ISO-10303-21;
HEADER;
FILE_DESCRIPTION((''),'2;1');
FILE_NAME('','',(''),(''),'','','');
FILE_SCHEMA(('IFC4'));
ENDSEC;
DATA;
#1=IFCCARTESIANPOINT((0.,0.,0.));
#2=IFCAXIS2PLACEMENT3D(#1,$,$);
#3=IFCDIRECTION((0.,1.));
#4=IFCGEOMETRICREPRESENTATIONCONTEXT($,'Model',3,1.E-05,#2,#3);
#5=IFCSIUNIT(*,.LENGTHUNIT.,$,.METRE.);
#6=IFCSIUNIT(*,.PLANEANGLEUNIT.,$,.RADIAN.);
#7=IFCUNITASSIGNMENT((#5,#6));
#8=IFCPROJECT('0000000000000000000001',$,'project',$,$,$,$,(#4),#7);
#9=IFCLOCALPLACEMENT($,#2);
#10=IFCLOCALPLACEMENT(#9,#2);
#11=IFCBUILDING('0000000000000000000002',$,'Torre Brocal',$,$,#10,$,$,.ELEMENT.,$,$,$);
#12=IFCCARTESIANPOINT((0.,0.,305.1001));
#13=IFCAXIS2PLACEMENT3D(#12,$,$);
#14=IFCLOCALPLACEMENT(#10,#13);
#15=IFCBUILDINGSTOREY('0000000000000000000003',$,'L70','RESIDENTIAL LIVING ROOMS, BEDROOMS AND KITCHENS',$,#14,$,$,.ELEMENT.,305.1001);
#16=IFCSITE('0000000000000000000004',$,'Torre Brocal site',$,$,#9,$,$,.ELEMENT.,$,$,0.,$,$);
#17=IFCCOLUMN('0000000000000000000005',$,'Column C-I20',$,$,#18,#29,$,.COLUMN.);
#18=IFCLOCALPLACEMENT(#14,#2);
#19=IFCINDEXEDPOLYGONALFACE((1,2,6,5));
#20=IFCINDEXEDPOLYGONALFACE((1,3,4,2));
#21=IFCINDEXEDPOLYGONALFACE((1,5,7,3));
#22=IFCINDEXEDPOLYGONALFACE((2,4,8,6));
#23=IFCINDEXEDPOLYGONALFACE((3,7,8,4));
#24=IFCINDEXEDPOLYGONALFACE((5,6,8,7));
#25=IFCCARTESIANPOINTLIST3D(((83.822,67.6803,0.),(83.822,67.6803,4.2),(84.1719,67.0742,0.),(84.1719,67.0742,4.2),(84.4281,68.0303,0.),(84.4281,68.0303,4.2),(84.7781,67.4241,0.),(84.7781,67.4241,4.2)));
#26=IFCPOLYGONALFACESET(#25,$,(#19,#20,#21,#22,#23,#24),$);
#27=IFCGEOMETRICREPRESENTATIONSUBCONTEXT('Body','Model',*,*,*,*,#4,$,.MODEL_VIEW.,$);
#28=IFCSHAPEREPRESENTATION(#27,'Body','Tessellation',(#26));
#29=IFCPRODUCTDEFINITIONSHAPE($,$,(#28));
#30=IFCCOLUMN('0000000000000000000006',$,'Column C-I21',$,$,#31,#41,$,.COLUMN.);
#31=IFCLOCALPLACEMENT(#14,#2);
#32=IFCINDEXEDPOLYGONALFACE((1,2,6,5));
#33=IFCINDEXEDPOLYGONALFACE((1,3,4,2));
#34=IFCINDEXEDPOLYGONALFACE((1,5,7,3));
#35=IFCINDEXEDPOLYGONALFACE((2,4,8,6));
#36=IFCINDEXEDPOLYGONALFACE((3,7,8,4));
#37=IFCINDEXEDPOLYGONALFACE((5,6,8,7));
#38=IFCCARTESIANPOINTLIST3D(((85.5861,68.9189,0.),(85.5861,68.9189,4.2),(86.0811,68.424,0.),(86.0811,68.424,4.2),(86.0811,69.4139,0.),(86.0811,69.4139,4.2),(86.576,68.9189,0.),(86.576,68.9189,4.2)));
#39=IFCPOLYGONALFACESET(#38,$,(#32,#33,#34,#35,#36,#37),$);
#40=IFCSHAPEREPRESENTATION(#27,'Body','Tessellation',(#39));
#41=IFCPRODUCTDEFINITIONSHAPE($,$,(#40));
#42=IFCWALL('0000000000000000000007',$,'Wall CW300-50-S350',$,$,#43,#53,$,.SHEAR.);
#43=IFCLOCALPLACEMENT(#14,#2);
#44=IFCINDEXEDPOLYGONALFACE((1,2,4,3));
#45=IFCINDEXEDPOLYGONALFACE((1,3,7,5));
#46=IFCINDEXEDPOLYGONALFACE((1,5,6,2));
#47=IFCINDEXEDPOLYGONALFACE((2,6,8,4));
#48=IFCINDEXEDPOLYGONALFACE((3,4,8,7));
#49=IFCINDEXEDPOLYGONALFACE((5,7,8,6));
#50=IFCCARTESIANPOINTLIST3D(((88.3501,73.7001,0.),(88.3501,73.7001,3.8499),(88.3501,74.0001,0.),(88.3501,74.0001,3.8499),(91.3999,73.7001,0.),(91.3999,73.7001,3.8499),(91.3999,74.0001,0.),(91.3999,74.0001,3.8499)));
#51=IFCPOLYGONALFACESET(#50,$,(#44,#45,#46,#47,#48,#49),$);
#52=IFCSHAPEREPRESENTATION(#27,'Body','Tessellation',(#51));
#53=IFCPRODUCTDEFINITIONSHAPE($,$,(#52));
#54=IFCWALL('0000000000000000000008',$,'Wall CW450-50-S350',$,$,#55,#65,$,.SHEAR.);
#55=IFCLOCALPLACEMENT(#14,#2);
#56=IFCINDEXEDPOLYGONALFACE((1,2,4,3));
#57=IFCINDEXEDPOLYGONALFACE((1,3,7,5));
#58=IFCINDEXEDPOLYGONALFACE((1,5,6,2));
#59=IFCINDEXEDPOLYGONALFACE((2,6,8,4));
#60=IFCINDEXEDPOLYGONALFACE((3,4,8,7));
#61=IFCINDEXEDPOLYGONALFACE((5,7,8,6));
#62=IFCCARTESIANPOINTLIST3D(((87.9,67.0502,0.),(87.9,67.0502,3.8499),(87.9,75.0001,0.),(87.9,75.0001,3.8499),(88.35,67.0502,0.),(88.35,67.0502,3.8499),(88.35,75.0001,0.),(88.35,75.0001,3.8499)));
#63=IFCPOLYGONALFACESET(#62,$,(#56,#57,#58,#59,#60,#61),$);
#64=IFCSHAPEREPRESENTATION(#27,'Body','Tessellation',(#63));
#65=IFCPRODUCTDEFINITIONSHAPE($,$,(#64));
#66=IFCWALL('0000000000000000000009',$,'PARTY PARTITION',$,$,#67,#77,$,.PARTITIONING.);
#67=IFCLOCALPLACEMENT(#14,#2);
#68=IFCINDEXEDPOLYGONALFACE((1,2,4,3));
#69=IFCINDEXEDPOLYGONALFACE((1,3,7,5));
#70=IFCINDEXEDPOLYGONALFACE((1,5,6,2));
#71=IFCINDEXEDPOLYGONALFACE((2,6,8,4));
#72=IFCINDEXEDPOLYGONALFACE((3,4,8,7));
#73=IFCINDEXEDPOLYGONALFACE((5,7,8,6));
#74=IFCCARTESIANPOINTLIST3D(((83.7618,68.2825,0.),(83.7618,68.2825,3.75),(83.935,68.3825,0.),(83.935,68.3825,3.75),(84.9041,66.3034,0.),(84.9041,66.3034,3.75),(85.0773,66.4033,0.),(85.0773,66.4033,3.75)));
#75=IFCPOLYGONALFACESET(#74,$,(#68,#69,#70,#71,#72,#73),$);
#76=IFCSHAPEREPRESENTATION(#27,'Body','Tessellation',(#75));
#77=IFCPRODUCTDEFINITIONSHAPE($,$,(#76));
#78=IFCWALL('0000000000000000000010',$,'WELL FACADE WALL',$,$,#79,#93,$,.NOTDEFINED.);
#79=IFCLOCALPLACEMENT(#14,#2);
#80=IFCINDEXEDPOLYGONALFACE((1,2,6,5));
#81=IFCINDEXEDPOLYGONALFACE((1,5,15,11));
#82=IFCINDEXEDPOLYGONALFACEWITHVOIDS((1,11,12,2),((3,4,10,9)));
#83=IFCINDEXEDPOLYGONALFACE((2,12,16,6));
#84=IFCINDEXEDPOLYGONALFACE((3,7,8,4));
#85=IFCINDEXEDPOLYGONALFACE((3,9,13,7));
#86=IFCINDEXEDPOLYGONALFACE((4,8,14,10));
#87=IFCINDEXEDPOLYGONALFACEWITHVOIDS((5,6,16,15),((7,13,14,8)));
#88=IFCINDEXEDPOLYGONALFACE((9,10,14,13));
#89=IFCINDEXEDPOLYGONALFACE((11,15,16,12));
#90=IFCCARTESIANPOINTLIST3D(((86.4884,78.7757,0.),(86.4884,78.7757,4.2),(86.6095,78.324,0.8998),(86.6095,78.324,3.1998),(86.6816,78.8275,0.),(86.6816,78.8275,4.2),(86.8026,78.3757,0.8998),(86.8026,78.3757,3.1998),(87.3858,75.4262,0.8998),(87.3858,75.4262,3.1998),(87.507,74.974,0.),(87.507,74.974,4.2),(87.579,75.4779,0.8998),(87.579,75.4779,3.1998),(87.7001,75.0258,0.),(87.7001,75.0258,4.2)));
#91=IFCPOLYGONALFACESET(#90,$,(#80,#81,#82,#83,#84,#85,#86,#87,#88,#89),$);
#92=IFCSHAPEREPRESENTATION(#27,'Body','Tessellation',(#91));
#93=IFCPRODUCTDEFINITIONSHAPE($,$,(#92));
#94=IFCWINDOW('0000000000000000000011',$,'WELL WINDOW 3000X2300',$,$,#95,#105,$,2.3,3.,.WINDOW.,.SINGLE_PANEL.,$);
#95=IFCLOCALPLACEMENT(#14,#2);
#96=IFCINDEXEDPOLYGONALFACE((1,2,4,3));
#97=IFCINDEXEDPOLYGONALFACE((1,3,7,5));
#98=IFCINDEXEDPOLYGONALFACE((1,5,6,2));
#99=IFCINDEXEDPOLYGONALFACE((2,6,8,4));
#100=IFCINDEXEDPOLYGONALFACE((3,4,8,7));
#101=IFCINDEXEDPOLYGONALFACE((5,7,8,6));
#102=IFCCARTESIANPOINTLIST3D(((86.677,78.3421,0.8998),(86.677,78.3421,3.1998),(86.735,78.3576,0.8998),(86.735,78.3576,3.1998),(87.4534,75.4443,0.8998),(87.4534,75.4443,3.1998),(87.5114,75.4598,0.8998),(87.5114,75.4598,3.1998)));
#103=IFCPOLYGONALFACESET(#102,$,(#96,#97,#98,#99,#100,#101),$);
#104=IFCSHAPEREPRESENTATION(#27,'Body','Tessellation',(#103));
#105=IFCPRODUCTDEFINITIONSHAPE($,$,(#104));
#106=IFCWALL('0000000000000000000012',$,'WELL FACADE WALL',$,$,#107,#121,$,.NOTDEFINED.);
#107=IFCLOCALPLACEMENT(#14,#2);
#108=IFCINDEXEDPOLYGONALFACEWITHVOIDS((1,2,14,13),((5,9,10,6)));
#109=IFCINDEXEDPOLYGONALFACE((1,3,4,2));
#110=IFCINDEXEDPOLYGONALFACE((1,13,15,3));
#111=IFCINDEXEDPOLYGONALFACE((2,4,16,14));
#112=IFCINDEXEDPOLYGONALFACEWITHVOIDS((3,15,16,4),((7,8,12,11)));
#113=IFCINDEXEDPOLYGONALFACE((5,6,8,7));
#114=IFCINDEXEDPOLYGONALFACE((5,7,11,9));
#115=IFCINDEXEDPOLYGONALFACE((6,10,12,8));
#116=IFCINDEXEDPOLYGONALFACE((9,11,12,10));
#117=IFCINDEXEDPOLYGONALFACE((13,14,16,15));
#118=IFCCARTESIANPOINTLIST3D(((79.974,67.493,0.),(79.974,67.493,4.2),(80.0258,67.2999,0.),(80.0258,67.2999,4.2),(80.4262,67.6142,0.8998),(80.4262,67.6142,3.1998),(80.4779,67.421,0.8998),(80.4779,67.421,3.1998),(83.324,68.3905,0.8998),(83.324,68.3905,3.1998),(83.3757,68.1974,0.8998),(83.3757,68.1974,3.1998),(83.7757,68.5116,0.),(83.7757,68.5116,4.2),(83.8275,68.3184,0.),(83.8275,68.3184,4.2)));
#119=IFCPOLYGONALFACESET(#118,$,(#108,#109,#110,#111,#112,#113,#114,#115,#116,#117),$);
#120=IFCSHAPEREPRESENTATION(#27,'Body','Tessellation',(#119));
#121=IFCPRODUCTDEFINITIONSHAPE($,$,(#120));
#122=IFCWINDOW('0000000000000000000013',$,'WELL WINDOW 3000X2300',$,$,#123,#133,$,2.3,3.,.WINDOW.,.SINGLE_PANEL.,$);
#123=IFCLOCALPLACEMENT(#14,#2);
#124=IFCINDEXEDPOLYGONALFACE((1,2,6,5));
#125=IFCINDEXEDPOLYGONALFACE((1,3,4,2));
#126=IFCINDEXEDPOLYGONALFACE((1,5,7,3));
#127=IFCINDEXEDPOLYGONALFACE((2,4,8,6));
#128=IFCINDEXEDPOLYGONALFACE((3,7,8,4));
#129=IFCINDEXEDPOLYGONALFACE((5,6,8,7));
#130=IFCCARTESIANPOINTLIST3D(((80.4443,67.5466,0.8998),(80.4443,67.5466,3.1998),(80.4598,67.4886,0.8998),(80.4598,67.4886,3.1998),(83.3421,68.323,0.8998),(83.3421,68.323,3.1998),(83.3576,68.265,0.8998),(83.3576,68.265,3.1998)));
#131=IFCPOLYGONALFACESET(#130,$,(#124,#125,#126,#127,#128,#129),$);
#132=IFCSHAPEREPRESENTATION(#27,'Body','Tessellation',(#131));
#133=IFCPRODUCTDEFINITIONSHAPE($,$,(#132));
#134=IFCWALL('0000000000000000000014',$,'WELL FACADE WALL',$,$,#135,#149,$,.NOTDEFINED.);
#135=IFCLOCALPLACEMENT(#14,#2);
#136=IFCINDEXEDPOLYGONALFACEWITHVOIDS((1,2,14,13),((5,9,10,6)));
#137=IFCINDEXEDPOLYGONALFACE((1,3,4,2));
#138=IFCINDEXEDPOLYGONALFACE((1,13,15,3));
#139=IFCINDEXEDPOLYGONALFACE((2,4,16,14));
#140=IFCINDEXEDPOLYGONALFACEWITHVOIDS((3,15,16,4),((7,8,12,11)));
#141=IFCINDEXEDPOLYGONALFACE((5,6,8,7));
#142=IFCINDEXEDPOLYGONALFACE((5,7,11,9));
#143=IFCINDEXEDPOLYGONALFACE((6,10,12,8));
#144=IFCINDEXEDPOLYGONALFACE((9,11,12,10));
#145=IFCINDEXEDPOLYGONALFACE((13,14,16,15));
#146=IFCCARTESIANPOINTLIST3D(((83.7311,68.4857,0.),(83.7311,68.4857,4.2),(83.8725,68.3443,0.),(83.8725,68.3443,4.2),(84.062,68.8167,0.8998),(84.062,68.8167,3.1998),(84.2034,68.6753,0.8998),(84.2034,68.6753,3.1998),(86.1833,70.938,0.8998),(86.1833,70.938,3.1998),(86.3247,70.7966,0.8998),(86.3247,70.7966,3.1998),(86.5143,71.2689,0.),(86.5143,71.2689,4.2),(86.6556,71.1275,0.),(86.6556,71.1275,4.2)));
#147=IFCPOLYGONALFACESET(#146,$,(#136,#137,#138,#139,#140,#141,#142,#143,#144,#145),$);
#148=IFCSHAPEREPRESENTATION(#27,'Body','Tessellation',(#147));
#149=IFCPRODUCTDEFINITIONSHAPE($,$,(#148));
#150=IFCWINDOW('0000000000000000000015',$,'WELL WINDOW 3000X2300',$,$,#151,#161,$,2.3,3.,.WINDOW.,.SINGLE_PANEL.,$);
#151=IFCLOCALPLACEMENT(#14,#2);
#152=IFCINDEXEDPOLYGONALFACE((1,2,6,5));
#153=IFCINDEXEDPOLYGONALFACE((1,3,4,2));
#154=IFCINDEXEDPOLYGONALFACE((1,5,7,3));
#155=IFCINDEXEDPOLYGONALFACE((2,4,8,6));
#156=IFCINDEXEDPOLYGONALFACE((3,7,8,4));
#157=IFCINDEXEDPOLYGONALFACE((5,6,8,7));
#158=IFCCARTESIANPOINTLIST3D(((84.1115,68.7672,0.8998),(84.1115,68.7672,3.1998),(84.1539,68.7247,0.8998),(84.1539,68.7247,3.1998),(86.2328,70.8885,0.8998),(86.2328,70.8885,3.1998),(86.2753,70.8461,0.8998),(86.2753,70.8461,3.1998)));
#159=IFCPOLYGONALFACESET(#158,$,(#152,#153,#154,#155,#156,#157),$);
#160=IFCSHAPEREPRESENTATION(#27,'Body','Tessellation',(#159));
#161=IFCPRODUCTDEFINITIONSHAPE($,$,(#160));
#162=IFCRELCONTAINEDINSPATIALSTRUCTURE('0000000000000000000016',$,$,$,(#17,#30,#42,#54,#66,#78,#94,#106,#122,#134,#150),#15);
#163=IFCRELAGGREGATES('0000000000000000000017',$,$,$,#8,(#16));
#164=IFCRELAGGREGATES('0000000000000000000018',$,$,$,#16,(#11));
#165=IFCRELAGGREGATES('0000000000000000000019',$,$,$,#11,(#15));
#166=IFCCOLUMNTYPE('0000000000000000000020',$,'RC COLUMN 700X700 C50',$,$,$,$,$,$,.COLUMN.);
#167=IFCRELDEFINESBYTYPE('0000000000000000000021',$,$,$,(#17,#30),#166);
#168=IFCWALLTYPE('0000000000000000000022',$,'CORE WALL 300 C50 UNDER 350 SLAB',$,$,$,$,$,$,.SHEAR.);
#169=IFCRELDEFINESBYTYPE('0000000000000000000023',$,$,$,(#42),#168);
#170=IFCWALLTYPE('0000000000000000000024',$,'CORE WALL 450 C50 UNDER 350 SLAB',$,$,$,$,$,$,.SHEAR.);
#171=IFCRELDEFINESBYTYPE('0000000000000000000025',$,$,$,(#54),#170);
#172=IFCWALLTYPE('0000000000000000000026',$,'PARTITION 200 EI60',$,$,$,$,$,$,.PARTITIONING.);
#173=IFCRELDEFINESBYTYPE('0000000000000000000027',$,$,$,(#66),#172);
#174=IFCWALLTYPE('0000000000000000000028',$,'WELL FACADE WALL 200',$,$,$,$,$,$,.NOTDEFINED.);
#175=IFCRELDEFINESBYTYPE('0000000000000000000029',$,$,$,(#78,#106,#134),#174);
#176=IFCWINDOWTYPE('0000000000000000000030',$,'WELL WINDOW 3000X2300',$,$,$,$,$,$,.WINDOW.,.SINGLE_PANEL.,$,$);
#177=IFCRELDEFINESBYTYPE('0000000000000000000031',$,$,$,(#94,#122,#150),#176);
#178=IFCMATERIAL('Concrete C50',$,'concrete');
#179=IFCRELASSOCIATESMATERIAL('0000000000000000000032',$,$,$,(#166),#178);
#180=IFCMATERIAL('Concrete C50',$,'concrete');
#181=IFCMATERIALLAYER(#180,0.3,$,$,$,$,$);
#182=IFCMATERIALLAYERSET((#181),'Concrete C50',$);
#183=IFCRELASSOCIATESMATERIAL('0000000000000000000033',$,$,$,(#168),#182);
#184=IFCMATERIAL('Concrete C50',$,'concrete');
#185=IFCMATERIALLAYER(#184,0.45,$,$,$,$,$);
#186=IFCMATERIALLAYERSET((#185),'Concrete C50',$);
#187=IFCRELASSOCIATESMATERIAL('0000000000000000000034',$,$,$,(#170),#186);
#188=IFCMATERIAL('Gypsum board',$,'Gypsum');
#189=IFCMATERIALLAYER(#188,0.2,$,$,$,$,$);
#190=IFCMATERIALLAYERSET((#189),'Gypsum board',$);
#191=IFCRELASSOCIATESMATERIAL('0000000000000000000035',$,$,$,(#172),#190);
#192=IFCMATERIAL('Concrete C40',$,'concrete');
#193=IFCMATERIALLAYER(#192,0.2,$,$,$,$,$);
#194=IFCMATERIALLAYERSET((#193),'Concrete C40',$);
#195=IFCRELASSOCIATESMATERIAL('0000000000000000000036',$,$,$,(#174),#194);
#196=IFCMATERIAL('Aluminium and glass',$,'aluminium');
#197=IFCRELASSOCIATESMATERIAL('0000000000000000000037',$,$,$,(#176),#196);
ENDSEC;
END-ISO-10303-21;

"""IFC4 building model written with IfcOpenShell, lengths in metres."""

from ifc_helpers import new_model, si_unit, direction, frame, frame_2d, origin, origin_2d, place, context, subcontext, project, spatial, rectangle, extrude, material, layer, layer_set, material_profile, profile_set, type_object, element, fill, save


model = new_model("IFC4")

# Units and contexts
model_context = context("Model", 3, precision=1e-05, world=origin(), true_north=direction((0.0, 1.0)))
body_context = subcontext(model_context, "Body", "Model", "MODEL_VIEW")
ifc_project = project(units=[si_unit("LENGTHUNIT", "METRE"), si_unit("PLANEANGLEUNIT", "RADIAN")], contexts=[model_context])

# Site, building, storey
site_placement = place(None, origin())
site = spatial("IfcSite", under=ifc_project, at=site_placement, Name="Torre Brocal site", CompositionType="ELEMENT", RefElevation=0.0)
building_placement = place(site_placement, origin())
building = spatial("IfcBuilding", under=site, at=building_placement, Name="Torre Brocal", CompositionType="ELEMENT")
storey_placement = place(building_placement, frame((0.0, 0.0, 305.1001)))
storey = spatial("IfcBuildingStorey", under=building, at=storey_placement, Name="L70", Description="RESIDENTIAL LIVING ROOMS, BEDROOMS AND KITCHENS", CompositionType="ELEMENT", Elevation=305.1001)

# Columns
ifc_material_1 = material(Name="Concrete C50", Category="concrete")
ifc_material_profile = material_profile(ifc_material_1, rectangle(XDim=0.7, YDim=0.7, at=origin_2d()), Name="RC 700X700")
ifc_profile_set = profile_set([ifc_material_profile], Name="Concrete C50")
column_type = type_object("IfcColumnType", Name="RC COLUMN 700X700 C50", PredefinedType="COLUMN", material=ifc_profile_set)
for number, where, z_axis, x_axis, name in (
    (1, (84.3, 67.5522, 0.0), (0.0, 0.0, 1.0), (0.5, -0.866025, 0.0), "Column C-I20"),
    (2, (86.0811, 68.9189, 0.0), (0.0, 0.0, 1.0), (0.707107, -0.707107, 0.0), "Column C-I21"),
):
    element("IfcColumn", number, at=place(storey_placement, frame(where, z_axis=z_axis, x_axis=x_axis)), inside=storey, type_object=column_type, Name=name, PredefinedType="COLUMN", context=body_context, shape_type="SweptSolid", body=[
        extrude(rectangle(XDim=0.7, YDim=0.7, at=origin_2d()), origin(), (0.0, 0.0, 1.0), 4.2),
    ])

# Walls
ifc_material_2 = material(Name="Concrete C50", Category="concrete")
ifc_layer_1 = layer(ifc_material_2, 0.3)
ifc_layer_set_1 = layer_set([ifc_layer_1], Name="Concrete C50")
wall_type_1 = type_object("IfcWallType", Name="CORE WALL 300 C50 UNDER 350 SLAB", PredefinedType="SHEAR", material=ifc_layer_set_1)
wall_1_placement = place(storey_placement, frame((88.3501, 73.8501, 0.0), z_axis=(0.0, 0.0, 1.0), x_axis=(1.0, 0.0, 0.0)))
element("IfcWall", 3, at=wall_1_placement, inside=storey, type_object=wall_type_1, Name="Wall CW300-50-S350", PredefinedType="SHEAR", context=body_context, shape_type="SweptSolid", body=[
    extrude(rectangle(XDim=3.0498, YDim=0.3, at=frame_2d((1.5249, 0.0))), origin(), (0.0, 0.0, 1.0), 3.8499),
])
ifc_material_3 = material(Name="Concrete C50", Category="concrete")
ifc_layer_2 = layer(ifc_material_3, 0.45)
ifc_layer_set_2 = layer_set([ifc_layer_2], Name="Concrete C50")
wall_type_2 = type_object("IfcWallType", Name="CORE WALL 450 C50 UNDER 350 SLAB", PredefinedType="SHEAR", material=ifc_layer_set_2)
wall_2_placement = place(storey_placement, frame((88.125, 67.05, 0.0), z_axis=(0.0, 0.0, 1.0), x_axis=(0.0, 1.0, 0.0)))
element("IfcWall", 4, at=wall_2_placement, inside=storey, type_object=wall_type_2, Name="Wall CW450-50-S350", PredefinedType="SHEAR", context=body_context, shape_type="SweptSolid", body=[
    extrude(rectangle(XDim=7.95, YDim=0.45, at=frame_2d((3.9751, 0.0))), origin(), (0.0, 0.0, 1.0), 3.8499),
])
ifc_material_4 = material(Name="Gypsum board", Category="Gypsum")
ifc_layer_3 = layer(ifc_material_4, 0.2)
ifc_layer_set_3 = layer_set([ifc_layer_3], Name="Gypsum board")
wall_type_3 = type_object("IfcWallType", Name="PARTITION 200 EI60", PredefinedType="PARTITIONING", material=ifc_layer_set_3)
wall_3_placement = place(storey_placement, frame((83.8484, 68.3325, 0.0), z_axis=(0.0, 0.0, 1.0), x_axis=(0.499874, -0.866098, 0.0)))
element("IfcWall", 5, at=wall_3_placement, inside=storey, type_object=wall_type_3, Name="PARTY PARTITION", PredefinedType="PARTITIONING", context=body_context, shape_type="SweptSolid", body=[
    extrude(rectangle(XDim=2.2852, YDim=0.2, at=frame_2d((1.1426, 0.0))), origin(), (0.0, 0.0, 1.0), 3.75),
])

# Walls, openings, windows
ifc_material_5 = material(Name="Concrete C40", Category="concrete")
ifc_layer_4 = layer(ifc_material_5, 0.2)
ifc_layer_set_4 = layer_set([ifc_layer_4], Name="Concrete C40")
wall_type_4 = type_object("IfcWallType", Name="WELL FACADE WALL 200", PredefinedType="NOTDEFINED", material=ifc_layer_set_4)
wall_4_placement = place(storey_placement, frame((87.6035, 75.0, 0.0), z_axis=(0.0, 0.0, 1.0), x_axis=(-0.25879, 0.965934, 0.0)))
wall_4 = element("IfcWall", 6, at=wall_4_placement, inside=storey, type_object=wall_type_4, Name="WELL FACADE WALL", PredefinedType="NOTDEFINED", context=body_context, shape_type="SweptSolid", body=[
    extrude(rectangle(XDim=3.9358, YDim=0.2, at=frame_2d((1.9678, 0.0))), origin(), (0.0, 0.0, 1.0), 4.2),
])
opening_1_placement = place(wall_4_placement, frame((0.468, 0.0, 0.8999)))
opening_1 = element("IfcOpeningElement", 7, at=opening_1_placement, cuts=wall_4, PredefinedType="OPENING", context=body_context, shape_type="SweptSolid", body=[
    extrude(rectangle(XDim=3.0, YDim=2.3, at=frame_2d((1.5, 1.1499))), frame((0.0, 0.1099, 0.0), z_axis=(0.0, -1.0, 0.0), x_axis=(1.0, 0.0, 0.0)), (0.0, 0.0, 1.0), 0.22),
])
ifc_material_6 = material(Name="Aluminium and glass", Category="aluminium")
window_type = type_object("IfcWindowType", Name="WELL WINDOW 3000X2300", PartitioningType="SINGLE_PANEL", PredefinedType="WINDOW", material=ifc_material_6)
window_1_placement = place(opening_1_placement, origin())
window_1 = element("IfcWindow", 8, at=window_1_placement, inside=storey, type_object=window_type, Name="WELL WINDOW 3000X2300", OverallHeight=2.3, OverallWidth=3.0, PartitioningType="SINGLE_PANEL", PredefinedType="WINDOW", context=body_context, shape_type="SweptSolid", body=[
    extrude(rectangle(XDim=3.0, YDim=2.3, at=frame_2d((1.5, 1.1499))), frame((0.0, 0.03, 0.0), z_axis=(0.0, -1.0, 0.0), x_axis=(1.0, 0.0, 0.0)), (0.0, 0.0, 1.0), 0.0601),
])
fill(opening_1, window_1)
wall_5_placement = place(storey_placement, frame((80.0, 67.3965, 0.0), z_axis=(0.0, 0.0, 1.0), x_axis=(0.965934, 0.25879, 0.0)))
wall_5 = element("IfcWall", 9, at=wall_5_placement, inside=storey, type_object=wall_type_4, Name="WELL FACADE WALL", PredefinedType="NOTDEFINED", context=body_context, shape_type="SweptSolid", body=[
    extrude(rectangle(XDim=3.9358, YDim=0.2, at=frame_2d((1.9678, 0.0))), origin(), (0.0, 0.0, 1.0), 4.2),
])
opening_2_placement = place(wall_5_placement, frame((0.468, 0.0, 0.8999)))
opening_2 = element("IfcOpeningElement", 10, at=opening_2_placement, cuts=wall_5, PredefinedType="OPENING", context=body_context, shape_type="SweptSolid", body=[
    extrude(rectangle(XDim=3.0, YDim=2.3, at=frame_2d((1.5, 1.1499))), frame((0.0, 0.1099, 0.0), z_axis=(0.0, -1.0, 0.0), x_axis=(1.0, 0.0, 0.0)), (0.0, 0.0, 1.0), 0.22),
])
window_2_placement = place(opening_2_placement, origin())
window_2 = element("IfcWindow", 11, at=window_2_placement, inside=storey, type_object=window_type, Name="WELL WINDOW 3000X2300", OverallHeight=2.3, OverallWidth=3.0, PartitioningType="SINGLE_PANEL", PredefinedType="WINDOW", context=body_context, shape_type="SweptSolid", body=[
    extrude(rectangle(XDim=3.0, YDim=2.3, at=frame_2d((1.5, 1.1499))), frame((0.0, 0.03, 0.0), z_axis=(0.0, -1.0, 0.0), x_axis=(1.0, 0.0, 0.0)), (0.0, 0.0, 1.0), 0.0601),
])
fill(opening_2, window_2)
wall_6_placement = place(storey_placement, frame((83.8018, 68.415, 0.0), z_axis=(0.0, 0.0, 1.0), x_axis=(0.707107, 0.707107, 0.0)))
wall_6 = element("IfcWall", 12, at=wall_6_placement, inside=storey, type_object=wall_type_4, Name="WELL FACADE WALL", PredefinedType="NOTDEFINED", context=body_context, shape_type="SweptSolid", body=[
    extrude(rectangle(XDim=3.936, YDim=0.2, at=frame_2d((1.968, 0.0))), origin(), (0.0, 0.0, 1.0), 4.2),
])
opening_3_placement = place(wall_6_placement, frame((0.468, 0.0, 0.8999)))
opening_3 = element("IfcOpeningElement", 13, at=opening_3_placement, cuts=wall_6, PredefinedType="OPENING", context=body_context, shape_type="SweptSolid", body=[
    extrude(rectangle(XDim=3.0, YDim=2.3, at=frame_2d((1.5, 1.1499))), frame((0.0, 0.1099, 0.0), z_axis=(0.0, -1.0, 0.0), x_axis=(1.0, 0.0, 0.0)), (0.0, 0.0, 1.0), 0.22),
])
window_3_placement = place(opening_3_placement, origin())
window_3 = element("IfcWindow", 14, at=window_3_placement, inside=storey, type_object=window_type, Name="WELL WINDOW 3000X2300", OverallHeight=2.3, OverallWidth=3.0, PartitioningType="SINGLE_PANEL", PredefinedType="WINDOW", context=body_context, shape_type="SweptSolid", body=[
    extrude(rectangle(XDim=3.0, YDim=2.3, at=frame_2d((1.5, 1.1499))), frame((0.0, 0.03, 0.0), z_axis=(0.0, -1.0, 0.0), x_axis=(1.0, 0.0, 0.0)), (0.0, 0.0, 1.0), 0.0601),
])
fill(opening_3, window_3)

save(model, "model.ifc")
